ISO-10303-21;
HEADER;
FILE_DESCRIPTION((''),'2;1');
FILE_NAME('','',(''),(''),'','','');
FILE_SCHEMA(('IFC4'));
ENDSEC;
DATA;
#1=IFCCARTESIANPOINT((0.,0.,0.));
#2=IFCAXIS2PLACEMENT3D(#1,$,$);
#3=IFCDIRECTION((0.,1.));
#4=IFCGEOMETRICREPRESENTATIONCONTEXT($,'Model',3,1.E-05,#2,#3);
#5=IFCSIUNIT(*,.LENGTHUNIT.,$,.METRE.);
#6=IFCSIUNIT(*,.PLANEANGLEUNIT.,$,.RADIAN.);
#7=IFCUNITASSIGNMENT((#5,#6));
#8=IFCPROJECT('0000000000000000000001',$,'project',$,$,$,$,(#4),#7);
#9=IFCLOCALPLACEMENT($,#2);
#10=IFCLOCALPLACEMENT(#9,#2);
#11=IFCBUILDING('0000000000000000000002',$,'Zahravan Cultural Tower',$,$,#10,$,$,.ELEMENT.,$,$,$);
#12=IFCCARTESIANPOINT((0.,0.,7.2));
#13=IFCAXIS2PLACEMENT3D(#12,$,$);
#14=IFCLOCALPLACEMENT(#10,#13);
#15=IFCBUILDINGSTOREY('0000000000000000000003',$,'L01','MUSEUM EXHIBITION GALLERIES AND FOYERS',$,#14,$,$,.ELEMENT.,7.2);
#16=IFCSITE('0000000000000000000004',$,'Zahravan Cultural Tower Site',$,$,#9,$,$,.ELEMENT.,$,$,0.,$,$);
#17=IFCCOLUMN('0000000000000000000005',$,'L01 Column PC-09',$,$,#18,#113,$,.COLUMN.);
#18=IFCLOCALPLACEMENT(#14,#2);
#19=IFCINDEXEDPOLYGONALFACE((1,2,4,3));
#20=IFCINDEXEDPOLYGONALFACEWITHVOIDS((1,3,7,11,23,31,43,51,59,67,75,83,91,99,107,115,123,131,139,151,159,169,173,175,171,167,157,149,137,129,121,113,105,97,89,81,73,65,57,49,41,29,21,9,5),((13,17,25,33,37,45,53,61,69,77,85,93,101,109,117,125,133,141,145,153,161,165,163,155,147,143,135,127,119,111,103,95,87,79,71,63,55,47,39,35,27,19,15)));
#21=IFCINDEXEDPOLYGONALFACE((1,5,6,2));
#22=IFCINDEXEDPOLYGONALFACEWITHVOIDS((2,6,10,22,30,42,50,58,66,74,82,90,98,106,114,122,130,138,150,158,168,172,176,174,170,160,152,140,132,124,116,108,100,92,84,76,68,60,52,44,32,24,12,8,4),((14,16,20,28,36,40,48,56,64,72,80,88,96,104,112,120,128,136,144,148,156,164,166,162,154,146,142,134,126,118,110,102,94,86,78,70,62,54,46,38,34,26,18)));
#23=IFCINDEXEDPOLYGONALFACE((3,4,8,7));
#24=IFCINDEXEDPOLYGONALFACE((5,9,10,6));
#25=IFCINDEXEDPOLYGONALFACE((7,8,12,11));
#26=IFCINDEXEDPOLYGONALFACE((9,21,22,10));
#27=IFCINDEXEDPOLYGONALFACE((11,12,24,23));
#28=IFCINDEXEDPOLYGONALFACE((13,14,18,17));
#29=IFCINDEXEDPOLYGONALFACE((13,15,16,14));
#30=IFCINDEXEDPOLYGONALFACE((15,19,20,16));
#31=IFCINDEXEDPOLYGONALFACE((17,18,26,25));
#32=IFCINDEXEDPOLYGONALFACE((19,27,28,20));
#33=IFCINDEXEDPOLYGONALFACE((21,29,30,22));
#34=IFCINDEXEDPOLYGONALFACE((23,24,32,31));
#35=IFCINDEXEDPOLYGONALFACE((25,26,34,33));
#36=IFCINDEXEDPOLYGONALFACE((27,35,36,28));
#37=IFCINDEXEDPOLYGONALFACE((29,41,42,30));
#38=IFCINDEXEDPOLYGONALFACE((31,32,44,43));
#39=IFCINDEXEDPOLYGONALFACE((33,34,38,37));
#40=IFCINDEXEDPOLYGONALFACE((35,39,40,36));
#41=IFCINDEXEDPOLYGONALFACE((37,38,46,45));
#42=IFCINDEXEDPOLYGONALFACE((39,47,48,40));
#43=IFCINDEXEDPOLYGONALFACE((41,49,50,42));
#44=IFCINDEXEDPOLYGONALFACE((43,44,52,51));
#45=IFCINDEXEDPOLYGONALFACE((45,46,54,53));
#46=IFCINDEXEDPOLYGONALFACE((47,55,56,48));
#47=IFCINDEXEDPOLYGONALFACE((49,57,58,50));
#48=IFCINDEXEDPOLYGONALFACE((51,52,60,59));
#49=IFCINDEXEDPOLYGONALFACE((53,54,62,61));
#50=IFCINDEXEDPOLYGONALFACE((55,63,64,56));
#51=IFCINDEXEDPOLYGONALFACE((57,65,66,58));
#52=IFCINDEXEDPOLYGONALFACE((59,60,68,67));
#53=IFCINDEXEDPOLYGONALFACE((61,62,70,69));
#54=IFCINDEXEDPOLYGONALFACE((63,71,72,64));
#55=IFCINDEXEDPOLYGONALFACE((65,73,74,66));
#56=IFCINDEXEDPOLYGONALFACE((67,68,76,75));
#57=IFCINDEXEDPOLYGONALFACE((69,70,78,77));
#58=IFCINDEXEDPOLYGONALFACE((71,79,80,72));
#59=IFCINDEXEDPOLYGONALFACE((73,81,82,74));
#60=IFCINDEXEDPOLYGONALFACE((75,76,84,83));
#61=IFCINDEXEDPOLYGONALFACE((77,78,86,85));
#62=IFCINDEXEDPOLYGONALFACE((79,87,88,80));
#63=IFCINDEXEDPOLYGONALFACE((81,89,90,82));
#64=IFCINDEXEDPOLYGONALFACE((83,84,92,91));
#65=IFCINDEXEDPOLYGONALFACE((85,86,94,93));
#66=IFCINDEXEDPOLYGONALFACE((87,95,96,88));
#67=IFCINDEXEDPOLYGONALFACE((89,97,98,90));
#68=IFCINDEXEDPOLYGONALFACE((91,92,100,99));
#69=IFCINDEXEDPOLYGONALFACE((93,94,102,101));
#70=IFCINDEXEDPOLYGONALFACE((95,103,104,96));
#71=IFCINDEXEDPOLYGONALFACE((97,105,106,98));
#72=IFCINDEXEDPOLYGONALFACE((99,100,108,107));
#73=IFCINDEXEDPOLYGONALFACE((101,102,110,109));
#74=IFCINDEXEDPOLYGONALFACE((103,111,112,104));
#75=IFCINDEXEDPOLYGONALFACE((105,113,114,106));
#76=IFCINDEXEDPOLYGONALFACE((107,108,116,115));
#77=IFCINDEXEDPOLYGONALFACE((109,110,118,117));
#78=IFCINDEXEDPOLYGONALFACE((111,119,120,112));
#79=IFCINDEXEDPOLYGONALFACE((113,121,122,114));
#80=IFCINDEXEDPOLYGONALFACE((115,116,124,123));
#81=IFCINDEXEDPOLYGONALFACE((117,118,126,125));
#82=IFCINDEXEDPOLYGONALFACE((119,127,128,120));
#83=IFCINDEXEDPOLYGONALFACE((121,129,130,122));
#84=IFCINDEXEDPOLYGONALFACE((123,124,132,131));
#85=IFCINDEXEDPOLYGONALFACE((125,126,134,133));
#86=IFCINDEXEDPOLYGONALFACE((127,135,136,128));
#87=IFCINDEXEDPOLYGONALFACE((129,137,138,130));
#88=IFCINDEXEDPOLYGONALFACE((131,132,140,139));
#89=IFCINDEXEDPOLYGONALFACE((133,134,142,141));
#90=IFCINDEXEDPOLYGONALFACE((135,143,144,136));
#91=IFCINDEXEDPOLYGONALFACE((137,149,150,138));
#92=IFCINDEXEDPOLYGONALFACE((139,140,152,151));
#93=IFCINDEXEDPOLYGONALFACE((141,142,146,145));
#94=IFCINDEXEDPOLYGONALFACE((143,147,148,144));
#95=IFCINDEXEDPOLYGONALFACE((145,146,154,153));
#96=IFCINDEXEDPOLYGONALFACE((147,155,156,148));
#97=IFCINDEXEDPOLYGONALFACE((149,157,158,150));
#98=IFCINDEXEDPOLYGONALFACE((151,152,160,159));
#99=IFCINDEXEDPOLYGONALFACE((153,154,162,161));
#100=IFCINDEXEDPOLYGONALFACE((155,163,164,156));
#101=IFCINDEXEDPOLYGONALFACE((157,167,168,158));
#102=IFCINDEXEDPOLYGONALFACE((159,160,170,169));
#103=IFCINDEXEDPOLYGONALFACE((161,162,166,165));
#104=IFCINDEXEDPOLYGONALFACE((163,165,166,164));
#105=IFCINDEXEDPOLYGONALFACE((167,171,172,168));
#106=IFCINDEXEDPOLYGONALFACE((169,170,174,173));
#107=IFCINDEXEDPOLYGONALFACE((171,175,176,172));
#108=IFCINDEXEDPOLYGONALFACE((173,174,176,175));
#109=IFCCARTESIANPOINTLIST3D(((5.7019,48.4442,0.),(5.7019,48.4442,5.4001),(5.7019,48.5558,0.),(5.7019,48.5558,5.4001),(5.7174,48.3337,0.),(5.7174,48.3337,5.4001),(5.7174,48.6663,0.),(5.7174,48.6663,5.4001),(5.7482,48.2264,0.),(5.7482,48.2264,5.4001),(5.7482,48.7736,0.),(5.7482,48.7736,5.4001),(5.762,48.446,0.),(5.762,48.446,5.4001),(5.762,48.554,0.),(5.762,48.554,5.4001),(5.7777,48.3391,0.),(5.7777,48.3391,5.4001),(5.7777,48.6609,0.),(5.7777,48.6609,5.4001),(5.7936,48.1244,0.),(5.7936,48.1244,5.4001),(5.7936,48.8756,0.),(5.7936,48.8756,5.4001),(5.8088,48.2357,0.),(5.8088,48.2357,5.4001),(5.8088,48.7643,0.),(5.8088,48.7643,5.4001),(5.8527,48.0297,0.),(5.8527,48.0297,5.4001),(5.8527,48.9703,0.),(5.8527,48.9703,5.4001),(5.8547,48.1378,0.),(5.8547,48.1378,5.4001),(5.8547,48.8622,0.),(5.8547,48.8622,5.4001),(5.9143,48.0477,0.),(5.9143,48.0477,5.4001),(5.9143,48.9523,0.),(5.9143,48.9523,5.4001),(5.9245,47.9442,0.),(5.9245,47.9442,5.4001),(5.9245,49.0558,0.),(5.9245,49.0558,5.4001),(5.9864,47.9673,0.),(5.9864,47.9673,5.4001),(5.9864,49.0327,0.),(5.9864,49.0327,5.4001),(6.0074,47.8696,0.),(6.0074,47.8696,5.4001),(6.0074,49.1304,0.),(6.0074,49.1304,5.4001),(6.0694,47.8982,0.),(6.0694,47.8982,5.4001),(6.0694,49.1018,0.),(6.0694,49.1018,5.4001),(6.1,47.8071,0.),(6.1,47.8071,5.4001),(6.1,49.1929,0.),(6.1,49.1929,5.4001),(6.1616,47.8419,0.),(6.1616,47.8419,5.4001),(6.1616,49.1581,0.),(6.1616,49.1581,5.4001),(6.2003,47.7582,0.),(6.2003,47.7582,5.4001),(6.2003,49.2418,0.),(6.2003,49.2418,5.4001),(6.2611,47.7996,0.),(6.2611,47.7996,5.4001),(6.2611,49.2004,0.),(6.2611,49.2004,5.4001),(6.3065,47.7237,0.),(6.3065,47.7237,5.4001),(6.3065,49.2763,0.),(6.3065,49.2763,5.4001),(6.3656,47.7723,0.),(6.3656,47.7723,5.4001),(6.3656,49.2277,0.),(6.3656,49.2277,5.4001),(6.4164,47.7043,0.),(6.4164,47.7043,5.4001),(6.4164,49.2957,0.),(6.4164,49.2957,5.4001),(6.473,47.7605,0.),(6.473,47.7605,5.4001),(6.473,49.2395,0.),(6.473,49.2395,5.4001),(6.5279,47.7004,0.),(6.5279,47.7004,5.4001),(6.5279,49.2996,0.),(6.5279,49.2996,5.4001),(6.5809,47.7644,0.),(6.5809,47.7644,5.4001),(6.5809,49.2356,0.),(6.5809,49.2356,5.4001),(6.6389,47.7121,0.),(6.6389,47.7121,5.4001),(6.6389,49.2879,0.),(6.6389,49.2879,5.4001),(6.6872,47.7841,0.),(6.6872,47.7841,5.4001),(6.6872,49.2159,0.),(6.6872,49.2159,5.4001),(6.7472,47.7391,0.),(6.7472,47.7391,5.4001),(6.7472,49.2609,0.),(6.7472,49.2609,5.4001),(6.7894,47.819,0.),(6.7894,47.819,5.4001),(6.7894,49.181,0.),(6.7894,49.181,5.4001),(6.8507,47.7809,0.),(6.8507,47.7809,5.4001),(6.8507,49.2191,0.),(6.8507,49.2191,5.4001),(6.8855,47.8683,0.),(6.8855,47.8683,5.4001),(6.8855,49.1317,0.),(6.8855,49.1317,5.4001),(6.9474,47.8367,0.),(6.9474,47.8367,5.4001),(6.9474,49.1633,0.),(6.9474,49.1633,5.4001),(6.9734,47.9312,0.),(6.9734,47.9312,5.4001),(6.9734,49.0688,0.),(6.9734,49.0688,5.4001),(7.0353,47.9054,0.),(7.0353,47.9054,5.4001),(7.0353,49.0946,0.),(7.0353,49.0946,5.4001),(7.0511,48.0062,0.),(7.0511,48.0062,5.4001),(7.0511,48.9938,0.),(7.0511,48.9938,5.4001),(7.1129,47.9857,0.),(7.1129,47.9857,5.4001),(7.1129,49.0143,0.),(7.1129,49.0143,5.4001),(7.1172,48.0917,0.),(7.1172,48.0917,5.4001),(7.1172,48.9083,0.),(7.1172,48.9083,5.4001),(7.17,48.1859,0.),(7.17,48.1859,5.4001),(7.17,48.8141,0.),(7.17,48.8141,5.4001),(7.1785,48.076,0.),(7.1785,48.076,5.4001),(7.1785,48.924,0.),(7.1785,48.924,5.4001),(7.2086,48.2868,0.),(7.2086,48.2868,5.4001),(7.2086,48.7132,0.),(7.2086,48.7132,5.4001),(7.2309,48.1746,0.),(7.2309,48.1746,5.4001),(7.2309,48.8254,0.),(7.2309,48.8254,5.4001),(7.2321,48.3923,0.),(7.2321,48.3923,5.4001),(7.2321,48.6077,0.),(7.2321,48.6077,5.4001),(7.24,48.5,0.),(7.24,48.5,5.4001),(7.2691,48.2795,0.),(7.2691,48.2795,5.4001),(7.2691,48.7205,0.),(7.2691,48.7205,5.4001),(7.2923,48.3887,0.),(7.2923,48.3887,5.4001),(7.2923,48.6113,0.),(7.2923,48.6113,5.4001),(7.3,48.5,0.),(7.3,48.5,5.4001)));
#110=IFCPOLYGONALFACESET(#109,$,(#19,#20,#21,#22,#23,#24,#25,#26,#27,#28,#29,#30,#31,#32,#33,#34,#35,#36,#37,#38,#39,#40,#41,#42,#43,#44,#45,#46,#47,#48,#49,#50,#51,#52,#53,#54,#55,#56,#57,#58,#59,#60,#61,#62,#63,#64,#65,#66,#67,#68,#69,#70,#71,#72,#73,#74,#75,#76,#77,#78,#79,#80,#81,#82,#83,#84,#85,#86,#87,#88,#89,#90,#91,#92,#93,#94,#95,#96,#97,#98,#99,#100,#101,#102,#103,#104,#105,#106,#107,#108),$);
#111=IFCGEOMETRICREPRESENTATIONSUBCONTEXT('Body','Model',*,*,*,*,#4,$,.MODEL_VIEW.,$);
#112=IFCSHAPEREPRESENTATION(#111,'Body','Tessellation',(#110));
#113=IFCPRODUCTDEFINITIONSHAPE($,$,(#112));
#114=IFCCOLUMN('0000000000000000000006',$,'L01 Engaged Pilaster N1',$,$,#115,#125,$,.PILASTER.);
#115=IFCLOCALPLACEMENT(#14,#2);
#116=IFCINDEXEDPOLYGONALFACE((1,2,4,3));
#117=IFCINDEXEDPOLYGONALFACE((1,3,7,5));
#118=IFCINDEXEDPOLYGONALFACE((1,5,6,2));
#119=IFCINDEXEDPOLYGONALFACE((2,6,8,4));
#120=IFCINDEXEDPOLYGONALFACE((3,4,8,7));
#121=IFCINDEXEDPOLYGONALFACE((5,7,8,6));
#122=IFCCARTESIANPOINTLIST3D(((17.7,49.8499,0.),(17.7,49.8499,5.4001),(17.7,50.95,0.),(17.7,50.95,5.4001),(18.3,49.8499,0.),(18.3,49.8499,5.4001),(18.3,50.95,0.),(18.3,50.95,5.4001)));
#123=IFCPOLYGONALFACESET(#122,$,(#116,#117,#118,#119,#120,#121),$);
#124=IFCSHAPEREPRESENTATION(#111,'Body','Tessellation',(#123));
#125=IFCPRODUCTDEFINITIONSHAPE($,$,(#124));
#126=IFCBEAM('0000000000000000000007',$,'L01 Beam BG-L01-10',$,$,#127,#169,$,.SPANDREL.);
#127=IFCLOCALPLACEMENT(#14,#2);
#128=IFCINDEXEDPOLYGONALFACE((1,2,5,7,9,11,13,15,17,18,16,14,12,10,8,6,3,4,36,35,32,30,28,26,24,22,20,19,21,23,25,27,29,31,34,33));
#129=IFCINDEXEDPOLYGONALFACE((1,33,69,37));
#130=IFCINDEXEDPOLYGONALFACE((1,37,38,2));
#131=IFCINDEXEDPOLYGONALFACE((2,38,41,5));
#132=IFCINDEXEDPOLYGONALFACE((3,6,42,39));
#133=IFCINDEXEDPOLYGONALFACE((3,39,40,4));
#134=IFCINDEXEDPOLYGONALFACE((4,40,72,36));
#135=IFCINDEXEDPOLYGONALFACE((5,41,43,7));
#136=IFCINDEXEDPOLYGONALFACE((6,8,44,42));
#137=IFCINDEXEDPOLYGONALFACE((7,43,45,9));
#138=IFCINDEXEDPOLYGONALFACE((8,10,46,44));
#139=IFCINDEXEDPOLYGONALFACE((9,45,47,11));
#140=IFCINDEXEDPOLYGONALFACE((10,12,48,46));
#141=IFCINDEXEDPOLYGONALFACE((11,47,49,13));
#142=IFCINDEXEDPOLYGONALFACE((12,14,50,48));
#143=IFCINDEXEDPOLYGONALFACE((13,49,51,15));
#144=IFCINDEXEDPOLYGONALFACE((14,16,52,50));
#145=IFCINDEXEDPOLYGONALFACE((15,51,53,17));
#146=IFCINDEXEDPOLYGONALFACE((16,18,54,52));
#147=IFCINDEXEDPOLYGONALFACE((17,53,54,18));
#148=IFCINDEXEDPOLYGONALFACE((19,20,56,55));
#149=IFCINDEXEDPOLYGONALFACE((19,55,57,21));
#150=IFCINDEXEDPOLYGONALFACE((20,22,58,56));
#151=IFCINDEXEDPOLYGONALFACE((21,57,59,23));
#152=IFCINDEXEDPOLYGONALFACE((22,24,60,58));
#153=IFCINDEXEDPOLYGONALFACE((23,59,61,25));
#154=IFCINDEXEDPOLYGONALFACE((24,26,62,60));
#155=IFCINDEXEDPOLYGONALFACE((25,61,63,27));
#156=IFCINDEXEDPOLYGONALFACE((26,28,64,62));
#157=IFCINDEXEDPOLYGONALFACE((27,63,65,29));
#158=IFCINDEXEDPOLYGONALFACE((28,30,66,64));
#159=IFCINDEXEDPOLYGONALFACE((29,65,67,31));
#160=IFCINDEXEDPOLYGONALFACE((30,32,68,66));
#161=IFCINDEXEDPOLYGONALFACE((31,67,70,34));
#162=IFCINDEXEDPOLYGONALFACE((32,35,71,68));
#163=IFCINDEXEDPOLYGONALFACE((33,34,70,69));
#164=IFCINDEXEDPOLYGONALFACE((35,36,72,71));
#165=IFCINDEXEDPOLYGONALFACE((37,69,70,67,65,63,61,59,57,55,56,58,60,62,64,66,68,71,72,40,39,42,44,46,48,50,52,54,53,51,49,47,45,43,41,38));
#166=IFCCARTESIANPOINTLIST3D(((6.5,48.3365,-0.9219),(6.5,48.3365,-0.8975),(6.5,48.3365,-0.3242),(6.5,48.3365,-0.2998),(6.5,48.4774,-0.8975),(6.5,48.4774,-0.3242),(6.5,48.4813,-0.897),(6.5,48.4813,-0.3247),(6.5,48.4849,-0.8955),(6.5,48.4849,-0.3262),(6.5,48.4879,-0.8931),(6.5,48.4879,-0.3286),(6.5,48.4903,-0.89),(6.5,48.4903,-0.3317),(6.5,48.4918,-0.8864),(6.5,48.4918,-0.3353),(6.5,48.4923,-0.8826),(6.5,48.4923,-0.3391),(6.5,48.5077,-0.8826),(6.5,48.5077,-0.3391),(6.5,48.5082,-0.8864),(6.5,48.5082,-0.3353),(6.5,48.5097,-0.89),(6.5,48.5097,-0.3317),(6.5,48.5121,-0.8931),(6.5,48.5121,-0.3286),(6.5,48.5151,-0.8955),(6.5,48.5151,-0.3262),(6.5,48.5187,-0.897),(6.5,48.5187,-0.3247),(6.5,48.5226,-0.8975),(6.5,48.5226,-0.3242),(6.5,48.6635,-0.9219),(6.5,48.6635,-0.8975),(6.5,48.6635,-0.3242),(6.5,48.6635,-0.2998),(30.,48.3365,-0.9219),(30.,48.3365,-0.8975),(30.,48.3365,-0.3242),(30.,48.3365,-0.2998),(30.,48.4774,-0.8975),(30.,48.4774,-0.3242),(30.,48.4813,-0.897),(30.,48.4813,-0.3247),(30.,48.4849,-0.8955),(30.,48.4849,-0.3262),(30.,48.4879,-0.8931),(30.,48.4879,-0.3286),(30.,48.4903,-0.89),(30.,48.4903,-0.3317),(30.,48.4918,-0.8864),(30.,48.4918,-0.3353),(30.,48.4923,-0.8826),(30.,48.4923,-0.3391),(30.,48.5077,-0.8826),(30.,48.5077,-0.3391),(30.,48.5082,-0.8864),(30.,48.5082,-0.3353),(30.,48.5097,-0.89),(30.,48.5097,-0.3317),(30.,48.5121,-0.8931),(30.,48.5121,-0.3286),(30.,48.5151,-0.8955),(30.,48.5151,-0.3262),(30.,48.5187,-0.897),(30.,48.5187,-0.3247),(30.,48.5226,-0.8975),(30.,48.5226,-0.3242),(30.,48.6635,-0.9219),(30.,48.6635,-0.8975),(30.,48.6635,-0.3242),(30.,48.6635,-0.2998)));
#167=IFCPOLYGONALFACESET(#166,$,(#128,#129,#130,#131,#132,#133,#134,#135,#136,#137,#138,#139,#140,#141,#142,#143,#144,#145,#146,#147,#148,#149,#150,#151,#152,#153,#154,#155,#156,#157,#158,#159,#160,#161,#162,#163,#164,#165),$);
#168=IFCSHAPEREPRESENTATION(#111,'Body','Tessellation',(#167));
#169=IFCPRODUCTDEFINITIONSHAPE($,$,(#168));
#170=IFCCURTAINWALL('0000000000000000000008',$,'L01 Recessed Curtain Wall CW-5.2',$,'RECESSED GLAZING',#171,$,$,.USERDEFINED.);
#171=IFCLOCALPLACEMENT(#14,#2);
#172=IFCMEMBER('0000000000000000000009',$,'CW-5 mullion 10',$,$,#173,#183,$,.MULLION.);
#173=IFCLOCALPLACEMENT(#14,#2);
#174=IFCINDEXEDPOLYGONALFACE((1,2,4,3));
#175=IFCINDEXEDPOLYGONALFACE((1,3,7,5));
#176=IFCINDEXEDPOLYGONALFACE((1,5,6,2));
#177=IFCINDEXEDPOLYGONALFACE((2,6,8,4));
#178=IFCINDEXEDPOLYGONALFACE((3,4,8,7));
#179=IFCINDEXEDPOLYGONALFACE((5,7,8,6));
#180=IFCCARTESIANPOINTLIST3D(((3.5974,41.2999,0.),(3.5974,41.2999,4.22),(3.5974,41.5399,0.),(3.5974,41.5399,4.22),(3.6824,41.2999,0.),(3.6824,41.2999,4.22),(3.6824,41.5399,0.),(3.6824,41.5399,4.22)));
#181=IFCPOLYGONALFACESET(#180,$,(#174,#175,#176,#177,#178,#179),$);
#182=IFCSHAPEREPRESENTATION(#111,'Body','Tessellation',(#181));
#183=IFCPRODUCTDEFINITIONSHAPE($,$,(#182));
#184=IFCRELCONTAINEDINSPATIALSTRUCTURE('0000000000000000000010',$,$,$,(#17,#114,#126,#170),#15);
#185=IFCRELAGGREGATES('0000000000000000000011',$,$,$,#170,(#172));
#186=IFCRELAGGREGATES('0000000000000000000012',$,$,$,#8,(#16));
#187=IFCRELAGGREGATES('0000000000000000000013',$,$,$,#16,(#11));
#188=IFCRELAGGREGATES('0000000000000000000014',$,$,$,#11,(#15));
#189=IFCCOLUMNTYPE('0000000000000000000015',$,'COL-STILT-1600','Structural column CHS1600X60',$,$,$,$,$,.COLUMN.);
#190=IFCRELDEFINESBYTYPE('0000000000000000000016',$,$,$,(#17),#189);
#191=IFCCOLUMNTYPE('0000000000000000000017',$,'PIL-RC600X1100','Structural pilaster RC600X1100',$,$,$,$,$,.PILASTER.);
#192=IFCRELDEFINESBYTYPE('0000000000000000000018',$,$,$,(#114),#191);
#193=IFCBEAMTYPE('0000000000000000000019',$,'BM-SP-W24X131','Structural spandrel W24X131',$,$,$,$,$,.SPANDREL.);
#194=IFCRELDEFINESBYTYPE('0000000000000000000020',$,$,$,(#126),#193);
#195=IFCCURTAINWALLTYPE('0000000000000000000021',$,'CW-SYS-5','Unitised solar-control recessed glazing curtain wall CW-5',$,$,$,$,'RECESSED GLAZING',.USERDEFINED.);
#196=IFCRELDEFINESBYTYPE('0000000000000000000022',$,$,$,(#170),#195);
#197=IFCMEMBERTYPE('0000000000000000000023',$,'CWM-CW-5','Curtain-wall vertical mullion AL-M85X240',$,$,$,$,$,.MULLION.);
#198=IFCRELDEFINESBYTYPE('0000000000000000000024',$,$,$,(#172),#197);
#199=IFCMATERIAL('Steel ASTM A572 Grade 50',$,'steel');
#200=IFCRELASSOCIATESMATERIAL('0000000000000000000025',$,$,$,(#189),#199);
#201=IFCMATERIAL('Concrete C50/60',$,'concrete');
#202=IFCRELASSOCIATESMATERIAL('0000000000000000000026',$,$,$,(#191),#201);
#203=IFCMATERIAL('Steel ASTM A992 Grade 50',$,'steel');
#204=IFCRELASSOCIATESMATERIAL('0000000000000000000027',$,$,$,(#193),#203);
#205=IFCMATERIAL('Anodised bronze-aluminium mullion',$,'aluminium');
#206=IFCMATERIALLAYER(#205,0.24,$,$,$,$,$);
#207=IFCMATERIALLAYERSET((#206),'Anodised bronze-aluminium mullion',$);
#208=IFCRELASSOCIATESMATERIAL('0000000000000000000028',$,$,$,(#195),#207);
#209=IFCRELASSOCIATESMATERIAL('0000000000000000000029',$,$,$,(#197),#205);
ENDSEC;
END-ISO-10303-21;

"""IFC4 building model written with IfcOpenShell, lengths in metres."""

from ifc_helpers import new_model, si_unit, direction, frame, origin, origin_2d, place, context, subcontext, project, spatial, rectangle, hollow_circle, i_section, extrude, source, transform, mapped, material, layer, layer_set, material_profile, profile_set, type_object, element, aggregate, save


model = new_model("IFC4")

# Units and contexts
model_context = context("Model", 3, precision=1e-05, world=origin(), true_north=direction((0.0, 1.0)))
body_context = subcontext(model_context, "Body", "Model", "MODEL_VIEW")
ifc_project = project(units=[si_unit("LENGTHUNIT", "METRE"), si_unit("PLANEANGLEUNIT", "RADIAN")], contexts=[model_context])

# Site, building, storey
site_placement = place(None, origin())
site = spatial("IfcSite", under=ifc_project, at=site_placement, Name="Zahravan Cultural Tower Site", CompositionType="ELEMENT", RefElevation=0.0)
building_placement = place(site_placement, origin())
building = spatial("IfcBuilding", under=site, at=building_placement, Name="Zahravan Cultural Tower", CompositionType="ELEMENT")
storey_placement = place(building_placement, frame((0.0, 0.0, 7.2)))
storey = spatial("IfcBuildingStorey", under=building, at=storey_placement, Name="L01", Description="MUSEUM EXHIBITION GALLERIES AND FOYERS", CompositionType="ELEMENT", Elevation=7.2)

# Columns
ifc_material_1 = material(Name="Steel ASTM A572 Grade 50", Category="steel")
ifc_material_profile_1 = material_profile(ifc_material_1, hollow_circle(Radius=0.8, WallThickness=0.0601, at=origin_2d()), Name="CHS1600X60")
ifc_profile_set_1 = profile_set([ifc_material_profile_1], Name="Steel ASTM A572 Grade 50")
column_type_1 = type_object("IfcColumnType", Name="COL-STILT-1600", Description="Structural column CHS1600X60", PredefinedType="COLUMN", material=ifc_profile_set_1)
shared_shape_1 = source(origin(), body_context, "Body", "SweptSolid", [
    extrude(hollow_circle(Radius=0.8, WallThickness=0.0601, at=origin_2d()), origin(), (0.0, 0.0, 1.0), 5.4001),
])
column_1_placement = place(storey_placement, frame((6.5, 48.5, 0.0), z_axis=(0.0, 0.0, 1.0), x_axis=(1.0, 0.0, 0.0)))
element("IfcColumn", 1, at=column_1_placement, inside=storey, type_object=column_type_1, Name="L01 Column PC-09", PredefinedType="COLUMN", context=body_context, shape_type="MappedRepresentation", body=[
    mapped(shared_shape_1, transform((0.0, 0.0, 0.0), x_axis=(1.0, 0.0, 0.0), y_axis=(0.0, 1.0, 0.0), z_axis=(0.0, 0.0, 1.0), scale=1.0)),
])
ifc_material_2 = material(Name="Concrete C50/60", Category="concrete")
ifc_material_profile_2 = material_profile(ifc_material_2, rectangle(XDim=0.6001, YDim=1.1001, at=origin_2d()), Name="RC600X1100")
ifc_profile_set_2 = profile_set([ifc_material_profile_2], Name="Concrete C50/60")
column_type_2 = type_object("IfcColumnType", Name="PIL-RC600X1100", Description="Structural pilaster RC600X1100", PredefinedType="PILASTER", material=ifc_profile_set_2)
shared_shape_2 = source(origin(), body_context, "Body", "SweptSolid", [
    extrude(rectangle(XDim=0.6001, YDim=1.1001, at=origin_2d()), origin(), (0.0, 0.0, 1.0), 5.4001),
])
column_2_placement = place(storey_placement, frame((18.0, 50.3999, 0.0), z_axis=(0.0, 0.0, 1.0), x_axis=(1.0, 0.0, 0.0)))
element("IfcColumn", 2, at=column_2_placement, inside=storey, type_object=column_type_2, Name="L01 Engaged Pilaster N1", PredefinedType="PILASTER", context=body_context, shape_type="MappedRepresentation", body=[
    mapped(shared_shape_2, transform((0.0, 0.0, 0.0), x_axis=(1.0, 0.0, 0.0), y_axis=(0.0, 1.0, 0.0), z_axis=(0.0, 0.0, 1.0), scale=1.0)),
])

# Beam
ifc_material_3 = material(Name="Steel ASTM A992 Grade 50", Category="steel")
ifc_material_profile_3 = material_profile(ifc_material_3, i_section(OverallWidth=0.3269, OverallDepth=0.6221, WebThickness=0.0154, FlangeThickness=0.0244, FilletRadius=0.0149, at=origin_2d()), Name="W24X131")
ifc_profile_set_3 = profile_set([ifc_material_profile_3], Name="Steel ASTM A992 Grade 50")
beam_type = type_object("IfcBeamType", Name="BM-SP-W24X131", Description="Structural spandrel W24X131", PredefinedType="SPANDREL", material=ifc_profile_set_3)
shared_shape_3 = source(origin(), body_context, "Body", "SweptSolid", [
    extrude(i_section(OverallWidth=0.3269, OverallDepth=0.6221, WebThickness=0.0154, FlangeThickness=0.0244, FilletRadius=0.0149, at=origin_2d()), origin(), (0.0, 0.0, 1.0), 23.5),
])
beam_placement = place(storey_placement, frame((6.5, 48.5, -0.6108), z_axis=(1.0, 0.0, 0.0), x_axis=(0.0, 1.0, 0.0)))
element("IfcBeam", 3, at=beam_placement, inside=storey, type_object=beam_type, Name="L01 Beam BG-L01-10", PredefinedType="SPANDREL", context=body_context, shape_type="MappedRepresentation", body=[
    mapped(shared_shape_3, transform((0.0, 0.0, 0.0), x_axis=(1.0, 0.0, 0.0), y_axis=(0.0, 1.0, 0.0), z_axis=(0.0, 0.0, 1.0), scale=1.0)),
])

# Curtain wall, member
ifc_material_4 = material(Name="Anodised bronze-aluminium mullion", Category="aluminium")
ifc_layer_1 = layer(ifc_material_4, 0.24)
ifc_layer_set_1 = layer_set([ifc_layer_1], Name="Anodised bronze-aluminium mullion")
curtain_wall_type = type_object("IfcCurtainWallType", Name="CW-SYS-5", Description="Unitised solar-control recessed glazing curtain wall CW-5", ElementType="RECESSED GLAZING", PredefinedType="USERDEFINED", material=ifc_layer_set_1)
curtain_wall_placement = place(storey_placement, origin())
curtain_wall = element("IfcCurtainWall", 4, at=curtain_wall_placement, inside=storey, type_object=curtain_wall_type, Name="L01 Recessed Curtain Wall CW-5.2", ObjectType="RECESSED GLAZING", PredefinedType="USERDEFINED")
ifc_material_profile_4 = material_profile(ifc_material_4, rectangle(XDim=0.085, YDim=0.24, at=origin_2d()), Name="AL-M85X240")
ifc_profile_set_4 = profile_set([ifc_material_profile_4], Name="Anodised bronze-aluminium mullion")
member_type_1 = type_object("IfcMemberType", Name="CWM-CW-5", Description="Curtain-wall vertical mullion AL-M85X240", PredefinedType="MULLION", material=ifc_profile_set_4)
shared_shape_4 = source(origin(), body_context, "Body", "SweptSolid", [
    extrude(rectangle(XDim=0.085, YDim=0.24, at=origin_2d()), origin(), (0.0, 0.0, 1.0), 4.22),
])
member_1_placement = place(storey_placement, frame((3.6399, 41.4199, 0.0), z_axis=(0.0, 0.0, 1.0), x_axis=(-1.0, 0.0, 0.0)))
member_1 = element("IfcMember", 5, at=member_1_placement, type_object=member_type_1, Name="CW-5 mullion 10", PredefinedType="MULLION", context=body_context, shape_type="MappedRepresentation", body=[
    mapped(shared_shape_4, transform((0.0, 0.0, 0.0), x_axis=(1.0, 0.0, 0.0), y_axis=(0.0, 1.0, 0.0), z_axis=(0.0, 0.0, 1.0), scale=1.0)),
])
aggregate(curtain_wall, [member_1])

save(model, "model.ifc")
